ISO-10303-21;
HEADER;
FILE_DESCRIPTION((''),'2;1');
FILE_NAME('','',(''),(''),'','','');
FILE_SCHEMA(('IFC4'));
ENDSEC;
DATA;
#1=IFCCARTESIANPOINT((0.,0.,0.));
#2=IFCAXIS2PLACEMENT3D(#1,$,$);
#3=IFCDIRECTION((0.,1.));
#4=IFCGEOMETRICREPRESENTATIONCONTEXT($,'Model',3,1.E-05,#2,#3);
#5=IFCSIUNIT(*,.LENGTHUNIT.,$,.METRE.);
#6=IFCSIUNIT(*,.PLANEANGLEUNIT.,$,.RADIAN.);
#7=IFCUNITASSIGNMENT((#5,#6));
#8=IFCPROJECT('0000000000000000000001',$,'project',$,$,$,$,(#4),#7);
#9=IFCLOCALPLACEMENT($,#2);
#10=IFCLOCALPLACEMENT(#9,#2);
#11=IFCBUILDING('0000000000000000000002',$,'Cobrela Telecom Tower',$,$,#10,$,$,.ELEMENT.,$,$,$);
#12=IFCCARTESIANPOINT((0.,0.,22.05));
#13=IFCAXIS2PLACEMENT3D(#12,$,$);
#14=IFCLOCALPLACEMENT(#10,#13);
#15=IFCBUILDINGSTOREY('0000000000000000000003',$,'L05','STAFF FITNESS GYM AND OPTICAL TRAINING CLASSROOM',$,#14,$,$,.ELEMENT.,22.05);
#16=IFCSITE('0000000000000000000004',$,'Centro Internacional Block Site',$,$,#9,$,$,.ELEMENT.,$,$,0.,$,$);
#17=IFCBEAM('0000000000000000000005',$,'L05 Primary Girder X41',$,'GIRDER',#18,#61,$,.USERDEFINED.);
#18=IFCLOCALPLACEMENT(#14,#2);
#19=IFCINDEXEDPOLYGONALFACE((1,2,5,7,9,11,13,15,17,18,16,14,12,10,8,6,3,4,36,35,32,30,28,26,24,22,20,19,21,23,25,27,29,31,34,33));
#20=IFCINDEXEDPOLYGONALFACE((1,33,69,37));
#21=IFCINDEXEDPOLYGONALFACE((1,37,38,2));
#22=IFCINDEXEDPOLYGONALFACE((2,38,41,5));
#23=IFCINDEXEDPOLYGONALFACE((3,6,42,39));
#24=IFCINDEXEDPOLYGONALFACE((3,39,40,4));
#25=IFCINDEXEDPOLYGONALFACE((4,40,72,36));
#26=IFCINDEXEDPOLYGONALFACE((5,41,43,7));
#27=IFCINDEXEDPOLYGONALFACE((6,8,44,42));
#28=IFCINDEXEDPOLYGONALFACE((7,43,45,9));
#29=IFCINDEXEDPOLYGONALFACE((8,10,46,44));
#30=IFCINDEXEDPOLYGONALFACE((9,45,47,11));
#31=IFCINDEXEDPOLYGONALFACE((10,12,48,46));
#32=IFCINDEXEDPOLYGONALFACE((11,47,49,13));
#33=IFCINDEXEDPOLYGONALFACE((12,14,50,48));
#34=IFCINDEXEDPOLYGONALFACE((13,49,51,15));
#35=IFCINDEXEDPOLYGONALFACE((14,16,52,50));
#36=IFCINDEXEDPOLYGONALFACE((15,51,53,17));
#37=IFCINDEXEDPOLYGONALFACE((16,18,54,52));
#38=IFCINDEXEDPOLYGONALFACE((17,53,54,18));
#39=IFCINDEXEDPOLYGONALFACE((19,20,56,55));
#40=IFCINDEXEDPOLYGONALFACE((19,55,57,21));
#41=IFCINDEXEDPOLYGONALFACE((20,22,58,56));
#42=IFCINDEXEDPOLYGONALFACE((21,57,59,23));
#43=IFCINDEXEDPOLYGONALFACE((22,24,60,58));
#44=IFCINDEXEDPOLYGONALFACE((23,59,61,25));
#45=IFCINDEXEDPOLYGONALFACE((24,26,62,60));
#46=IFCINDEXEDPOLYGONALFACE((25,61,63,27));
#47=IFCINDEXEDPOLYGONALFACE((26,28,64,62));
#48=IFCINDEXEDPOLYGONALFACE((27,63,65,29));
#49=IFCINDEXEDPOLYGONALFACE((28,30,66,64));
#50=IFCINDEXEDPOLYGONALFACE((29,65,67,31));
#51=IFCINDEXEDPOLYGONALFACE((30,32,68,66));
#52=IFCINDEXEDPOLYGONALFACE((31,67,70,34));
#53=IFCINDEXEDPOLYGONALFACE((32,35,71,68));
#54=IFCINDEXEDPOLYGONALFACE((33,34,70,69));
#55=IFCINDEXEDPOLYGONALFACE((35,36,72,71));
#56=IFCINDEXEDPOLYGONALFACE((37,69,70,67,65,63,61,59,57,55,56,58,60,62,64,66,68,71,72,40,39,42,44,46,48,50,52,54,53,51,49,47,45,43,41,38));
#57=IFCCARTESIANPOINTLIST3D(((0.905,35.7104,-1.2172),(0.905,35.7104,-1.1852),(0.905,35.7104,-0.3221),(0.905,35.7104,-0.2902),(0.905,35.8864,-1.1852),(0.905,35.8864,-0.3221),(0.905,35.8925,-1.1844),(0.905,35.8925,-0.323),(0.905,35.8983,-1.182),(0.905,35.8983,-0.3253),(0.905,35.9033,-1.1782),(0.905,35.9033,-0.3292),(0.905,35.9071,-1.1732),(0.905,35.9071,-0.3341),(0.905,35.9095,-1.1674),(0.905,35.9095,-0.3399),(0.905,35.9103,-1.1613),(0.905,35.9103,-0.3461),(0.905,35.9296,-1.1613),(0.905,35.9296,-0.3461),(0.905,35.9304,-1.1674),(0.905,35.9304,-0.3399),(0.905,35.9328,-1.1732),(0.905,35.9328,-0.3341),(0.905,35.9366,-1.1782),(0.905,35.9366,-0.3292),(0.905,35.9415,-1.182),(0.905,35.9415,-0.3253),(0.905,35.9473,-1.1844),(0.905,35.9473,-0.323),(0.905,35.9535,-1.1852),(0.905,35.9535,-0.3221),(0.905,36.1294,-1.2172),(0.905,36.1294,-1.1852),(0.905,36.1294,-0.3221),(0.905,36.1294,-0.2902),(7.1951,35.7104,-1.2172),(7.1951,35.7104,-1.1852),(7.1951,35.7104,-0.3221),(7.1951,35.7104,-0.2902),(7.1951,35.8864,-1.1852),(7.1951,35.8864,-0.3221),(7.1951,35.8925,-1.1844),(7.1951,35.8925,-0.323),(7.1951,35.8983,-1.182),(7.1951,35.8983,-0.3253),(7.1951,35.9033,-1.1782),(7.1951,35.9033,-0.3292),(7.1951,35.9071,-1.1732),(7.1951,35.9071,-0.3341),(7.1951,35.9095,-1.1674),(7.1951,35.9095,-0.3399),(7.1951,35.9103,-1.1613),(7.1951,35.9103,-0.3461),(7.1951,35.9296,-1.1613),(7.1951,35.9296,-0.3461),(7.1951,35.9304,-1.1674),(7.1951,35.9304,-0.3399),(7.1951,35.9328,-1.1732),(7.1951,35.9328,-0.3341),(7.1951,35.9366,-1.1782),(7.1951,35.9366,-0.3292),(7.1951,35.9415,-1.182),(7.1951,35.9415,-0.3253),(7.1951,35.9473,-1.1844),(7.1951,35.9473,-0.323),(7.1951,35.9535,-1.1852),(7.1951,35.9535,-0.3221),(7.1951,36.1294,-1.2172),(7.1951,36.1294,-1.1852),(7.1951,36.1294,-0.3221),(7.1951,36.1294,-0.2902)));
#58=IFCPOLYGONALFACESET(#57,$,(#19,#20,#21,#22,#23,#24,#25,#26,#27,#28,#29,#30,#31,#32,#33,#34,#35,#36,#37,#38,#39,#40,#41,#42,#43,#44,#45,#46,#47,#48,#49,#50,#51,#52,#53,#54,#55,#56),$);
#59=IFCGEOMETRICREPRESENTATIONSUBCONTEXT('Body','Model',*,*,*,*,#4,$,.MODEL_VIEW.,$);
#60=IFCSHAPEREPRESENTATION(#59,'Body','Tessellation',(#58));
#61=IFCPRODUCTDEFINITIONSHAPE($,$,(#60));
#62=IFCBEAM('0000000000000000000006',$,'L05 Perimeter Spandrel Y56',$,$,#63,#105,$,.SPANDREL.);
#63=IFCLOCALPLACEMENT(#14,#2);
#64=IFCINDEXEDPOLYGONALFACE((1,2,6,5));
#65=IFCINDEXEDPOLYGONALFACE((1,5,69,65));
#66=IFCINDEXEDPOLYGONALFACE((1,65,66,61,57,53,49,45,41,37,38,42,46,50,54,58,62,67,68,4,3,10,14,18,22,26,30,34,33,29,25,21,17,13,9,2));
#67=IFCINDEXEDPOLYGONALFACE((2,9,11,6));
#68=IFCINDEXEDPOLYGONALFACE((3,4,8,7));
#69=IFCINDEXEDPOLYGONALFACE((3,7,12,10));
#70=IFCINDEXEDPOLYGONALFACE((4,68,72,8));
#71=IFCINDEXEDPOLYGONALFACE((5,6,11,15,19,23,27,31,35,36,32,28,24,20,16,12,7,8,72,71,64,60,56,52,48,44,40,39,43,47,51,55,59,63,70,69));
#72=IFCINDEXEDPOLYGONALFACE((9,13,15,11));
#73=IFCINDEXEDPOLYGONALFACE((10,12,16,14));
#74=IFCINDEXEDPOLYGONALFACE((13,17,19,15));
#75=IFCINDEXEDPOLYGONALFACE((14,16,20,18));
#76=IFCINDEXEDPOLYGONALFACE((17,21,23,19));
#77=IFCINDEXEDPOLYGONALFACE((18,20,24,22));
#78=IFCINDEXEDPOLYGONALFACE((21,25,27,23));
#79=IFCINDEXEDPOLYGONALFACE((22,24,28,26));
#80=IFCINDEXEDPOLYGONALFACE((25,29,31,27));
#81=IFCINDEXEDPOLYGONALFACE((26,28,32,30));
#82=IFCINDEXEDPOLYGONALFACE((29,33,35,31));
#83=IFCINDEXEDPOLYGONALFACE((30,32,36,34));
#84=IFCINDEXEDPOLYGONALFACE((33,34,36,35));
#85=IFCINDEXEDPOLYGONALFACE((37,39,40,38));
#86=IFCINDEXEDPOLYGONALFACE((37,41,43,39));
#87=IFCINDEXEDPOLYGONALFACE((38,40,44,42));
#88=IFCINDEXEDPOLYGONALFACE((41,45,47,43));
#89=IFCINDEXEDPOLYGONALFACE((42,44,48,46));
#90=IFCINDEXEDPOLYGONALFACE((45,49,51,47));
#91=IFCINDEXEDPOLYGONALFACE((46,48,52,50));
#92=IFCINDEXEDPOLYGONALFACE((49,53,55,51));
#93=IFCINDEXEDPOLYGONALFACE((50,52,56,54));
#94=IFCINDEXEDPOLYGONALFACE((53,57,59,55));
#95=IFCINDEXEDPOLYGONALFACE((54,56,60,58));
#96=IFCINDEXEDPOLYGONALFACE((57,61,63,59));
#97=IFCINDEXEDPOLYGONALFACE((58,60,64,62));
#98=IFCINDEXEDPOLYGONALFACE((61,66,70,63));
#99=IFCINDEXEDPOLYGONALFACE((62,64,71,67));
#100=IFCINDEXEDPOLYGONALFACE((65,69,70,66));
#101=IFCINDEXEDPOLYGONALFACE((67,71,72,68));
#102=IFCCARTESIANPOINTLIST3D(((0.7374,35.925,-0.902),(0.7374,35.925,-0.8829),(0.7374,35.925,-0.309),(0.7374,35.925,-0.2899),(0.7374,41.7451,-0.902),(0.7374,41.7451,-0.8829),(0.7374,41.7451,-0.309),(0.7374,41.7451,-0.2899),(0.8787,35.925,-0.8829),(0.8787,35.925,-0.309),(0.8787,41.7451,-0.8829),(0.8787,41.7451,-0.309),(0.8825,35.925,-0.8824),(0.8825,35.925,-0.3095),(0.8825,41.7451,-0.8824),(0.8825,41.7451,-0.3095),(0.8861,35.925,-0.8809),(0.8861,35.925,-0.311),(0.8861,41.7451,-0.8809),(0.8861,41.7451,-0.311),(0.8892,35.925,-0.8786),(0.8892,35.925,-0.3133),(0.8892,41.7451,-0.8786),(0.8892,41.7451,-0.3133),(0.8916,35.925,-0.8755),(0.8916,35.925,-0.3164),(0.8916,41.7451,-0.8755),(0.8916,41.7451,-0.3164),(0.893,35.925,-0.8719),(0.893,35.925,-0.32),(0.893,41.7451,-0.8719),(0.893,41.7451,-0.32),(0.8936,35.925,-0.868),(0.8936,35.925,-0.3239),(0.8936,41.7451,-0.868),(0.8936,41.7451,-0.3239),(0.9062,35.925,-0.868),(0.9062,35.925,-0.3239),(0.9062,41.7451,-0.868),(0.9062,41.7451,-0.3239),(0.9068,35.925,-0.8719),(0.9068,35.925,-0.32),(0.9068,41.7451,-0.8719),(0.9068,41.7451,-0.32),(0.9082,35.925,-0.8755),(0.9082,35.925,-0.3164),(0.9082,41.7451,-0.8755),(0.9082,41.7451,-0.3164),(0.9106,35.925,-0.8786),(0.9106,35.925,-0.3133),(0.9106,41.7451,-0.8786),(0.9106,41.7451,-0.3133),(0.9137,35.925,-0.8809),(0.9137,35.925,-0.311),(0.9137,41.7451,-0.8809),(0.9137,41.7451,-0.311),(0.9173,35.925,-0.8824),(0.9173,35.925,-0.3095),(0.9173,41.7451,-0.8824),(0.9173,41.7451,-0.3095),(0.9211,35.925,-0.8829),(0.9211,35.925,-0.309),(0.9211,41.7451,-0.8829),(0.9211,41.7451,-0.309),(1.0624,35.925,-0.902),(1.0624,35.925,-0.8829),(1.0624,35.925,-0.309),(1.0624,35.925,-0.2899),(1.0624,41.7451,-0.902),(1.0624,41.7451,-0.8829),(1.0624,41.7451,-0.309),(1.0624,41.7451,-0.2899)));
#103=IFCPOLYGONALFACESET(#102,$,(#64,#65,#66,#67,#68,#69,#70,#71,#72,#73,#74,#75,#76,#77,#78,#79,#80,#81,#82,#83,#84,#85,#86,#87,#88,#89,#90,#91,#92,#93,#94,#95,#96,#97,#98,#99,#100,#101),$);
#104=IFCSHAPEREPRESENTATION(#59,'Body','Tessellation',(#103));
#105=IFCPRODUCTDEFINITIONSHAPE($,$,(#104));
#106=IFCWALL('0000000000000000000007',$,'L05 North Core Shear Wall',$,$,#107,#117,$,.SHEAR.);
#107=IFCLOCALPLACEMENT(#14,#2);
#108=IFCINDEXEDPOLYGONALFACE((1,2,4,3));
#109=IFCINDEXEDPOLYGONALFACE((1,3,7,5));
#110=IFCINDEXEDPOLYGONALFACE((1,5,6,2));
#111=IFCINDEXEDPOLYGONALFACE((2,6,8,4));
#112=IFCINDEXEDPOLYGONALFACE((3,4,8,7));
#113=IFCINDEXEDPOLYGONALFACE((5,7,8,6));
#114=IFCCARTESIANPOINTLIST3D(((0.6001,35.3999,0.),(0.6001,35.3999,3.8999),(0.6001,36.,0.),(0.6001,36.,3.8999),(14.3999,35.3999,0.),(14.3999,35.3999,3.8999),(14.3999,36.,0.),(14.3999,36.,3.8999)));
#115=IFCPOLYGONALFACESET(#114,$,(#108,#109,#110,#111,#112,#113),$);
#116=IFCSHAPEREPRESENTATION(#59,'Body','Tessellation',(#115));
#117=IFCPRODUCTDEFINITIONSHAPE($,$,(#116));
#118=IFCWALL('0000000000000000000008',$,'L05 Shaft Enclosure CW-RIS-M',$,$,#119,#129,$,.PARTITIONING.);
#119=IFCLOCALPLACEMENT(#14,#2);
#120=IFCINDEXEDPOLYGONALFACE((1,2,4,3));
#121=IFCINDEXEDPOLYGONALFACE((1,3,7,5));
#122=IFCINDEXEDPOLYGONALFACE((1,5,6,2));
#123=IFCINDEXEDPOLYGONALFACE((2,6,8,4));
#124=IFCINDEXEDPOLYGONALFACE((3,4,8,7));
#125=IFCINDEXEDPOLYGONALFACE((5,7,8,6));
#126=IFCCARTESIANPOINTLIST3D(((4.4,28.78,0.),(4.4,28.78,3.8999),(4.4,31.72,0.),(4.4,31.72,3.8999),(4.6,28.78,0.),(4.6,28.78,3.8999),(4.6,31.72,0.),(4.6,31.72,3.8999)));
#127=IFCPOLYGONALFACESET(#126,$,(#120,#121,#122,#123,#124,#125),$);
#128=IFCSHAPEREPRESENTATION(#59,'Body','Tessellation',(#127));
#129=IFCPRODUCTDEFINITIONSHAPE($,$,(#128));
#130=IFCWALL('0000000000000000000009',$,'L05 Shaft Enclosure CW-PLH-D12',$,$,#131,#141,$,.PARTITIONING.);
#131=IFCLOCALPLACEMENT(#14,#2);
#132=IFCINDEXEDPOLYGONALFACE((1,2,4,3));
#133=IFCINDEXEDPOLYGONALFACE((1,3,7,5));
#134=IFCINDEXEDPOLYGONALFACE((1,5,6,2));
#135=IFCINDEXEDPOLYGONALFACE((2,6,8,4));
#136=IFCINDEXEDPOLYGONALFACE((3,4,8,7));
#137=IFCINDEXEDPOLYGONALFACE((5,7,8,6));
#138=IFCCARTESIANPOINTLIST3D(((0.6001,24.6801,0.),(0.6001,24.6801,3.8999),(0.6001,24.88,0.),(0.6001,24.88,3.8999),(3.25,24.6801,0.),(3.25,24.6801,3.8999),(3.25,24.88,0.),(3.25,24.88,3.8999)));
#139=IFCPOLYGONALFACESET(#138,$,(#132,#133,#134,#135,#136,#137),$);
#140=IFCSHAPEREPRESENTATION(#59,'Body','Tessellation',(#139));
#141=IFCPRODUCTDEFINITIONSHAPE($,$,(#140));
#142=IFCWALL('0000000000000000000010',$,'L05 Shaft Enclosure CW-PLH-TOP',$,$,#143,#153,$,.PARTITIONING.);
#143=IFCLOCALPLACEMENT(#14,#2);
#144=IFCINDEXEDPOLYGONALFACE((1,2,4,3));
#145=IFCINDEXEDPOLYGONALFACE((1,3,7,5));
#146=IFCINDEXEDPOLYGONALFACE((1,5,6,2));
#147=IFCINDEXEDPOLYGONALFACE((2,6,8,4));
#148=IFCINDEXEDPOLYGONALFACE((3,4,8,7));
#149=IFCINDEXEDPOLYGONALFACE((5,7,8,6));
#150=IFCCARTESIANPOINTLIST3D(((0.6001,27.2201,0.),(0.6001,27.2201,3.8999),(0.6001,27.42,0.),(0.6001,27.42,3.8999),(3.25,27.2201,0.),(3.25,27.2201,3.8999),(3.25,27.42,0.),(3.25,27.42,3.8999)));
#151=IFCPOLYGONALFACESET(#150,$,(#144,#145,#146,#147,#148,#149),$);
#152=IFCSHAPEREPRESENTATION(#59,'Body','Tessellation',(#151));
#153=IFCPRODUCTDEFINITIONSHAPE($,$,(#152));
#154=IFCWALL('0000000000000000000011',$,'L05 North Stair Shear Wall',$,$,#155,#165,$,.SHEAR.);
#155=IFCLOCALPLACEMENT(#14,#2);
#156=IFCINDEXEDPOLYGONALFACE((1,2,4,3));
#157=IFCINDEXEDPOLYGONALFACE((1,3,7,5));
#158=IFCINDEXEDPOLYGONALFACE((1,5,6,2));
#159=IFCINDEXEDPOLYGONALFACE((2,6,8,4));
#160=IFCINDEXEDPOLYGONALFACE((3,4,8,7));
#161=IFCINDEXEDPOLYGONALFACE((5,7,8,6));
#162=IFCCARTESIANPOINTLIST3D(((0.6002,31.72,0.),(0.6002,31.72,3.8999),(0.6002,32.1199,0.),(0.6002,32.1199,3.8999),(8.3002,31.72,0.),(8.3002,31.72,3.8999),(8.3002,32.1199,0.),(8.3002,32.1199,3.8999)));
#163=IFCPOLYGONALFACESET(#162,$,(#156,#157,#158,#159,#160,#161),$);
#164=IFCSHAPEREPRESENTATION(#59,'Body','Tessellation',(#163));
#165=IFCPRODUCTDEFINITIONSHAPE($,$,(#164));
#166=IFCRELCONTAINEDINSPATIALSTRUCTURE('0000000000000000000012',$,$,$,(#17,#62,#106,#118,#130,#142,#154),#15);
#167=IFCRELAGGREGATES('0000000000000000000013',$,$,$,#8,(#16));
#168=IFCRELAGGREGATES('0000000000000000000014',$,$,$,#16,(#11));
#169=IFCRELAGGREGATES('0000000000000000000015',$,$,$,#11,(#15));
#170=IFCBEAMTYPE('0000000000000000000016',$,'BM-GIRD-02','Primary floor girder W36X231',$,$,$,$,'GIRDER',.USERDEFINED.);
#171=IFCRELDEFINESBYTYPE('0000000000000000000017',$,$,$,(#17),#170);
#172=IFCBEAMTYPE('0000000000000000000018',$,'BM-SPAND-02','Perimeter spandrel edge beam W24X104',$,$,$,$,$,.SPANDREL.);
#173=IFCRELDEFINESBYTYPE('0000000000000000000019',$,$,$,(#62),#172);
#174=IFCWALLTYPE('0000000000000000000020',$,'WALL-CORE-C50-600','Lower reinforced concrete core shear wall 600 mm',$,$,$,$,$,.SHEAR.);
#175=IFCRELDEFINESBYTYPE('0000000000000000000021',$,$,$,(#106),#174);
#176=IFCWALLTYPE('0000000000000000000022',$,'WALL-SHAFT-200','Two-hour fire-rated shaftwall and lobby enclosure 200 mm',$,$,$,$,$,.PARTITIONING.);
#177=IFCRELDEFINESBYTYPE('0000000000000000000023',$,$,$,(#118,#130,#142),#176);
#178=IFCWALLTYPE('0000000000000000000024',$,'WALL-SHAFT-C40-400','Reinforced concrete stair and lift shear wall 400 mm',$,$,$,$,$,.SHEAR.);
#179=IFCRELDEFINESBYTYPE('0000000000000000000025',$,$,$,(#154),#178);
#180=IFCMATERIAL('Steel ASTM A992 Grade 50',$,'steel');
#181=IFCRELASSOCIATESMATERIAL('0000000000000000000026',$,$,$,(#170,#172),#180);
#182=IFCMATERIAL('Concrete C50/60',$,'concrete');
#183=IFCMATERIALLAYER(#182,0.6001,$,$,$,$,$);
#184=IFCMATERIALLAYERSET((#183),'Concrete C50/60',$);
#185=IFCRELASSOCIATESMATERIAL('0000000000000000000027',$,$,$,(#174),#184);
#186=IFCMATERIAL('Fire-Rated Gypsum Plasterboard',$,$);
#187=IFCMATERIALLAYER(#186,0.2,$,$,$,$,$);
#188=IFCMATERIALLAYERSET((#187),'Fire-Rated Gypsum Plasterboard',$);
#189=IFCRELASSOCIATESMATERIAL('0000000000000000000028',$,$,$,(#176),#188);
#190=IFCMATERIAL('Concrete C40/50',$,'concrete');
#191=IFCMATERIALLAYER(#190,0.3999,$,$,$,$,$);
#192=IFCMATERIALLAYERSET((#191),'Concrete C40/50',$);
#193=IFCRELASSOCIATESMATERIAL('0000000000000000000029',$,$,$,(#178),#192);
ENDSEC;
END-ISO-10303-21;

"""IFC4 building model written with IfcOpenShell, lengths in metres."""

from ifc_helpers import new_model, si_unit, direction, frame, frame_2d, origin, origin_2d, place, context, subcontext, project, spatial, rectangle, i_section, extrude, material, layer, layer_set, material_profile, profile_set, type_object, element, save


model = new_model("IFC4")

# Units and contexts
model_context = context("Model", 3, precision=1e-05, world=origin(), true_north=direction((0.0, 1.0)))
body_context = subcontext(model_context, "Body", "Model", "MODEL_VIEW")
ifc_project = project(units=[si_unit("LENGTHUNIT", "METRE"), si_unit("PLANEANGLEUNIT", "RADIAN")], contexts=[model_context])

# Site, building, storey
site_placement = place(None, origin())
site = spatial("IfcSite", under=ifc_project, at=site_placement, Name="Centro Internacional Block Site", CompositionType="ELEMENT", RefElevation=0.0)
building_placement = place(site_placement, origin())
building = spatial("IfcBuilding", under=site, at=building_placement, Name="Cobrela Telecom Tower", CompositionType="ELEMENT")
storey_placement = place(building_placement, frame((0.0, 0.0, 22.05)))
storey = spatial("IfcBuildingStorey", under=building, at=storey_placement, Name="L05", Description="STAFF FITNESS GYM AND OPTICAL TRAINING CLASSROOM", CompositionType="ELEMENT", Elevation=22.05)

# Beams
ifc_material_1 = material(Name="Steel ASTM A992 Grade 50", Category="steel")
ifc_material_profile_1 = material_profile(ifc_material_1, i_section(OverallWidth=0.4189, OverallDepth=0.927, WebThickness=0.0193, FlangeThickness=0.032, FilletRadius=0.0239, at=origin_2d()), Name="W36X231")
ifc_profile_set_1 = profile_set([ifc_material_profile_1], Name="Steel ASTM A992 Grade 50")
beam_type_1 = type_object("IfcBeamType", Name="BM-GIRD-02", Description="Primary floor girder W36X231", ElementType="GIRDER", PredefinedType="USERDEFINED", material=ifc_profile_set_1)
beam_1_placement = place(storey_placement, frame((0.905, 35.9199, -0.7537), z_axis=(1.0, 0.0, 0.0), x_axis=(0.0, 1.0, 0.0)))
element("IfcBeam", 1, at=beam_1_placement, inside=storey, type_object=beam_type_1, Name="L05 Primary Girder X41", ObjectType="GIRDER", PredefinedType="USERDEFINED", context=body_context, shape_type="SweptSolid", body=[
    extrude(i_section(OverallWidth=0.4189, OverallDepth=0.927, WebThickness=0.0193, FlangeThickness=0.032, FilletRadius=0.0239, at=origin_2d()), origin(), (0.0, 0.0, 1.0), 6.29),
])
ifc_material_profile_2 = material_profile(ifc_material_1, i_section(OverallWidth=0.325, OverallDepth=0.6121, WebThickness=0.0127, FlangeThickness=0.019, FilletRadius=0.0149, at=origin_2d()), Name="W24X104")
ifc_profile_set_2 = profile_set([ifc_material_profile_2], Name="Steel ASTM A992 Grade 50")
beam_type_2 = type_object("IfcBeamType", Name="BM-SPAND-02", Description="Perimeter spandrel edge beam W24X104", PredefinedType="SPANDREL", material=ifc_profile_set_2)
beam_2_placement = place(storey_placement, frame((0.8999, 35.925, -0.5959), z_axis=(0.0, 1.0, 0.0), x_axis=(-1.0, 0.0, 0.0)))
element("IfcBeam", 2, at=beam_2_placement, inside=storey, type_object=beam_type_2, Name="L05 Perimeter Spandrel Y56", PredefinedType="SPANDREL", context=body_context, shape_type="SweptSolid", body=[
    extrude(i_section(OverallWidth=0.325, OverallDepth=0.6121, WebThickness=0.0127, FlangeThickness=0.019, FilletRadius=0.0149, at=origin_2d()), origin(), (0.0, 0.0, 1.0), 5.8201),
])

# Wall
ifc_material_2 = material(Name="Concrete C50/60", Category="concrete")
ifc_layer_1 = layer(ifc_material_2, 0.6001)
ifc_layer_set_1 = layer_set([ifc_layer_1], Name="Concrete C50/60")
wall_type_1 = type_object("IfcWallType", Name="WALL-CORE-C50-600", Description="Lower reinforced concrete core shear wall 600 mm", PredefinedType="SHEAR", material=ifc_layer_set_1)
wall_1_placement = place(storey_placement, frame((0.6001, 35.7, 0.0), z_axis=(0.0, 0.0, 1.0), x_axis=(1.0, 0.0, 0.0)))
element("IfcWall", 3, at=wall_1_placement, inside=storey, type_object=wall_type_1, Name="L05 North Core Shear Wall", PredefinedType="SHEAR", context=body_context, shape_type="SweptSolid", body=[
    extrude(rectangle(XDim=13.7998, YDim=0.6001, at=frame_2d((6.8999, 0.0))), origin(), (0.0, 0.0, 1.0), 3.8999),
])

# Shared definitions
ifc_material_3 = material(Name="Fire-Rated Gypsum Plasterboard")
ifc_layer_2 = layer(ifc_material_3, 0.2)
ifc_layer_set_2 = layer_set([ifc_layer_2], Name="Fire-Rated Gypsum Plasterboard")
wall_type_2 = type_object("IfcWallType", Name="WALL-SHAFT-200", Description="Two-hour fire-rated shaftwall and lobby enclosure 200 mm", PredefinedType="PARTITIONING", material=ifc_layer_set_2)

# Walls
wall_2_placement = place(storey_placement, frame((4.5, 28.78, 0.0), z_axis=(0.0, 0.0, 1.0), x_axis=(0.0, 1.0, 0.0)))
element("IfcWall", 4, at=wall_2_placement, inside=storey, type_object=wall_type_2, Name="L05 Shaft Enclosure CW-RIS-M", PredefinedType="PARTITIONING", context=body_context, shape_type="SweptSolid", body=[
    extrude(rectangle(XDim=2.9399, YDim=0.2, at=frame_2d((1.47, 0.0))), origin(), (0.0, 0.0, 1.0), 3.8999),
])
for number, where, z_axis, x_axis, name in (
    (5, (0.6001, 24.78, 0.0), (0.0, 0.0, 1.0), (1.0, 0.0, 0.0), "L05 Shaft Enclosure CW-PLH-D12"),
    (6, (0.6001, 27.3201, 0.0), (0.0, 0.0, 1.0), (1.0, 0.0, 0.0), "L05 Shaft Enclosure CW-PLH-TOP"),
):
    element("IfcWall", number, at=place(storey_placement, frame(where, z_axis=z_axis, x_axis=x_axis)), inside=storey, type_object=wall_type_2, Name=name, PredefinedType="PARTITIONING", context=body_context, shape_type="SweptSolid", body=[
        extrude(rectangle(XDim=2.6499, YDim=0.2, at=frame_2d((1.325, 0.0))), origin(), (0.0, 0.0, 1.0), 3.8999),
    ])
ifc_material_4 = material(Name="Concrete C40/50", Category="concrete")
ifc_layer_3 = layer(ifc_material_4, 0.3999)
ifc_layer_set_3 = layer_set([ifc_layer_3], Name="Concrete C40/50")
wall_type_3 = type_object("IfcWallType", Name="WALL-SHAFT-C40-400", Description="Reinforced concrete stair and lift shear wall 400 mm", PredefinedType="SHEAR", material=ifc_layer_set_3)
wall_3_placement = place(storey_placement, frame((0.6001, 31.9199, 0.0), z_axis=(0.0, 0.0, 1.0), x_axis=(1.0, 0.0, 0.0)))
element("IfcWall", 7, at=wall_3_placement, inside=storey, type_object=wall_type_3, Name="L05 North Stair Shear Wall", PredefinedType="SHEAR", context=body_context, shape_type="SweptSolid", body=[
    extrude(rectangle(XDim=7.7, YDim=0.3999, at=frame_2d((3.8501, 0.0))), origin(), (0.0, 0.0, 1.0), 3.8999),
])

save(model, "model.ifc")
